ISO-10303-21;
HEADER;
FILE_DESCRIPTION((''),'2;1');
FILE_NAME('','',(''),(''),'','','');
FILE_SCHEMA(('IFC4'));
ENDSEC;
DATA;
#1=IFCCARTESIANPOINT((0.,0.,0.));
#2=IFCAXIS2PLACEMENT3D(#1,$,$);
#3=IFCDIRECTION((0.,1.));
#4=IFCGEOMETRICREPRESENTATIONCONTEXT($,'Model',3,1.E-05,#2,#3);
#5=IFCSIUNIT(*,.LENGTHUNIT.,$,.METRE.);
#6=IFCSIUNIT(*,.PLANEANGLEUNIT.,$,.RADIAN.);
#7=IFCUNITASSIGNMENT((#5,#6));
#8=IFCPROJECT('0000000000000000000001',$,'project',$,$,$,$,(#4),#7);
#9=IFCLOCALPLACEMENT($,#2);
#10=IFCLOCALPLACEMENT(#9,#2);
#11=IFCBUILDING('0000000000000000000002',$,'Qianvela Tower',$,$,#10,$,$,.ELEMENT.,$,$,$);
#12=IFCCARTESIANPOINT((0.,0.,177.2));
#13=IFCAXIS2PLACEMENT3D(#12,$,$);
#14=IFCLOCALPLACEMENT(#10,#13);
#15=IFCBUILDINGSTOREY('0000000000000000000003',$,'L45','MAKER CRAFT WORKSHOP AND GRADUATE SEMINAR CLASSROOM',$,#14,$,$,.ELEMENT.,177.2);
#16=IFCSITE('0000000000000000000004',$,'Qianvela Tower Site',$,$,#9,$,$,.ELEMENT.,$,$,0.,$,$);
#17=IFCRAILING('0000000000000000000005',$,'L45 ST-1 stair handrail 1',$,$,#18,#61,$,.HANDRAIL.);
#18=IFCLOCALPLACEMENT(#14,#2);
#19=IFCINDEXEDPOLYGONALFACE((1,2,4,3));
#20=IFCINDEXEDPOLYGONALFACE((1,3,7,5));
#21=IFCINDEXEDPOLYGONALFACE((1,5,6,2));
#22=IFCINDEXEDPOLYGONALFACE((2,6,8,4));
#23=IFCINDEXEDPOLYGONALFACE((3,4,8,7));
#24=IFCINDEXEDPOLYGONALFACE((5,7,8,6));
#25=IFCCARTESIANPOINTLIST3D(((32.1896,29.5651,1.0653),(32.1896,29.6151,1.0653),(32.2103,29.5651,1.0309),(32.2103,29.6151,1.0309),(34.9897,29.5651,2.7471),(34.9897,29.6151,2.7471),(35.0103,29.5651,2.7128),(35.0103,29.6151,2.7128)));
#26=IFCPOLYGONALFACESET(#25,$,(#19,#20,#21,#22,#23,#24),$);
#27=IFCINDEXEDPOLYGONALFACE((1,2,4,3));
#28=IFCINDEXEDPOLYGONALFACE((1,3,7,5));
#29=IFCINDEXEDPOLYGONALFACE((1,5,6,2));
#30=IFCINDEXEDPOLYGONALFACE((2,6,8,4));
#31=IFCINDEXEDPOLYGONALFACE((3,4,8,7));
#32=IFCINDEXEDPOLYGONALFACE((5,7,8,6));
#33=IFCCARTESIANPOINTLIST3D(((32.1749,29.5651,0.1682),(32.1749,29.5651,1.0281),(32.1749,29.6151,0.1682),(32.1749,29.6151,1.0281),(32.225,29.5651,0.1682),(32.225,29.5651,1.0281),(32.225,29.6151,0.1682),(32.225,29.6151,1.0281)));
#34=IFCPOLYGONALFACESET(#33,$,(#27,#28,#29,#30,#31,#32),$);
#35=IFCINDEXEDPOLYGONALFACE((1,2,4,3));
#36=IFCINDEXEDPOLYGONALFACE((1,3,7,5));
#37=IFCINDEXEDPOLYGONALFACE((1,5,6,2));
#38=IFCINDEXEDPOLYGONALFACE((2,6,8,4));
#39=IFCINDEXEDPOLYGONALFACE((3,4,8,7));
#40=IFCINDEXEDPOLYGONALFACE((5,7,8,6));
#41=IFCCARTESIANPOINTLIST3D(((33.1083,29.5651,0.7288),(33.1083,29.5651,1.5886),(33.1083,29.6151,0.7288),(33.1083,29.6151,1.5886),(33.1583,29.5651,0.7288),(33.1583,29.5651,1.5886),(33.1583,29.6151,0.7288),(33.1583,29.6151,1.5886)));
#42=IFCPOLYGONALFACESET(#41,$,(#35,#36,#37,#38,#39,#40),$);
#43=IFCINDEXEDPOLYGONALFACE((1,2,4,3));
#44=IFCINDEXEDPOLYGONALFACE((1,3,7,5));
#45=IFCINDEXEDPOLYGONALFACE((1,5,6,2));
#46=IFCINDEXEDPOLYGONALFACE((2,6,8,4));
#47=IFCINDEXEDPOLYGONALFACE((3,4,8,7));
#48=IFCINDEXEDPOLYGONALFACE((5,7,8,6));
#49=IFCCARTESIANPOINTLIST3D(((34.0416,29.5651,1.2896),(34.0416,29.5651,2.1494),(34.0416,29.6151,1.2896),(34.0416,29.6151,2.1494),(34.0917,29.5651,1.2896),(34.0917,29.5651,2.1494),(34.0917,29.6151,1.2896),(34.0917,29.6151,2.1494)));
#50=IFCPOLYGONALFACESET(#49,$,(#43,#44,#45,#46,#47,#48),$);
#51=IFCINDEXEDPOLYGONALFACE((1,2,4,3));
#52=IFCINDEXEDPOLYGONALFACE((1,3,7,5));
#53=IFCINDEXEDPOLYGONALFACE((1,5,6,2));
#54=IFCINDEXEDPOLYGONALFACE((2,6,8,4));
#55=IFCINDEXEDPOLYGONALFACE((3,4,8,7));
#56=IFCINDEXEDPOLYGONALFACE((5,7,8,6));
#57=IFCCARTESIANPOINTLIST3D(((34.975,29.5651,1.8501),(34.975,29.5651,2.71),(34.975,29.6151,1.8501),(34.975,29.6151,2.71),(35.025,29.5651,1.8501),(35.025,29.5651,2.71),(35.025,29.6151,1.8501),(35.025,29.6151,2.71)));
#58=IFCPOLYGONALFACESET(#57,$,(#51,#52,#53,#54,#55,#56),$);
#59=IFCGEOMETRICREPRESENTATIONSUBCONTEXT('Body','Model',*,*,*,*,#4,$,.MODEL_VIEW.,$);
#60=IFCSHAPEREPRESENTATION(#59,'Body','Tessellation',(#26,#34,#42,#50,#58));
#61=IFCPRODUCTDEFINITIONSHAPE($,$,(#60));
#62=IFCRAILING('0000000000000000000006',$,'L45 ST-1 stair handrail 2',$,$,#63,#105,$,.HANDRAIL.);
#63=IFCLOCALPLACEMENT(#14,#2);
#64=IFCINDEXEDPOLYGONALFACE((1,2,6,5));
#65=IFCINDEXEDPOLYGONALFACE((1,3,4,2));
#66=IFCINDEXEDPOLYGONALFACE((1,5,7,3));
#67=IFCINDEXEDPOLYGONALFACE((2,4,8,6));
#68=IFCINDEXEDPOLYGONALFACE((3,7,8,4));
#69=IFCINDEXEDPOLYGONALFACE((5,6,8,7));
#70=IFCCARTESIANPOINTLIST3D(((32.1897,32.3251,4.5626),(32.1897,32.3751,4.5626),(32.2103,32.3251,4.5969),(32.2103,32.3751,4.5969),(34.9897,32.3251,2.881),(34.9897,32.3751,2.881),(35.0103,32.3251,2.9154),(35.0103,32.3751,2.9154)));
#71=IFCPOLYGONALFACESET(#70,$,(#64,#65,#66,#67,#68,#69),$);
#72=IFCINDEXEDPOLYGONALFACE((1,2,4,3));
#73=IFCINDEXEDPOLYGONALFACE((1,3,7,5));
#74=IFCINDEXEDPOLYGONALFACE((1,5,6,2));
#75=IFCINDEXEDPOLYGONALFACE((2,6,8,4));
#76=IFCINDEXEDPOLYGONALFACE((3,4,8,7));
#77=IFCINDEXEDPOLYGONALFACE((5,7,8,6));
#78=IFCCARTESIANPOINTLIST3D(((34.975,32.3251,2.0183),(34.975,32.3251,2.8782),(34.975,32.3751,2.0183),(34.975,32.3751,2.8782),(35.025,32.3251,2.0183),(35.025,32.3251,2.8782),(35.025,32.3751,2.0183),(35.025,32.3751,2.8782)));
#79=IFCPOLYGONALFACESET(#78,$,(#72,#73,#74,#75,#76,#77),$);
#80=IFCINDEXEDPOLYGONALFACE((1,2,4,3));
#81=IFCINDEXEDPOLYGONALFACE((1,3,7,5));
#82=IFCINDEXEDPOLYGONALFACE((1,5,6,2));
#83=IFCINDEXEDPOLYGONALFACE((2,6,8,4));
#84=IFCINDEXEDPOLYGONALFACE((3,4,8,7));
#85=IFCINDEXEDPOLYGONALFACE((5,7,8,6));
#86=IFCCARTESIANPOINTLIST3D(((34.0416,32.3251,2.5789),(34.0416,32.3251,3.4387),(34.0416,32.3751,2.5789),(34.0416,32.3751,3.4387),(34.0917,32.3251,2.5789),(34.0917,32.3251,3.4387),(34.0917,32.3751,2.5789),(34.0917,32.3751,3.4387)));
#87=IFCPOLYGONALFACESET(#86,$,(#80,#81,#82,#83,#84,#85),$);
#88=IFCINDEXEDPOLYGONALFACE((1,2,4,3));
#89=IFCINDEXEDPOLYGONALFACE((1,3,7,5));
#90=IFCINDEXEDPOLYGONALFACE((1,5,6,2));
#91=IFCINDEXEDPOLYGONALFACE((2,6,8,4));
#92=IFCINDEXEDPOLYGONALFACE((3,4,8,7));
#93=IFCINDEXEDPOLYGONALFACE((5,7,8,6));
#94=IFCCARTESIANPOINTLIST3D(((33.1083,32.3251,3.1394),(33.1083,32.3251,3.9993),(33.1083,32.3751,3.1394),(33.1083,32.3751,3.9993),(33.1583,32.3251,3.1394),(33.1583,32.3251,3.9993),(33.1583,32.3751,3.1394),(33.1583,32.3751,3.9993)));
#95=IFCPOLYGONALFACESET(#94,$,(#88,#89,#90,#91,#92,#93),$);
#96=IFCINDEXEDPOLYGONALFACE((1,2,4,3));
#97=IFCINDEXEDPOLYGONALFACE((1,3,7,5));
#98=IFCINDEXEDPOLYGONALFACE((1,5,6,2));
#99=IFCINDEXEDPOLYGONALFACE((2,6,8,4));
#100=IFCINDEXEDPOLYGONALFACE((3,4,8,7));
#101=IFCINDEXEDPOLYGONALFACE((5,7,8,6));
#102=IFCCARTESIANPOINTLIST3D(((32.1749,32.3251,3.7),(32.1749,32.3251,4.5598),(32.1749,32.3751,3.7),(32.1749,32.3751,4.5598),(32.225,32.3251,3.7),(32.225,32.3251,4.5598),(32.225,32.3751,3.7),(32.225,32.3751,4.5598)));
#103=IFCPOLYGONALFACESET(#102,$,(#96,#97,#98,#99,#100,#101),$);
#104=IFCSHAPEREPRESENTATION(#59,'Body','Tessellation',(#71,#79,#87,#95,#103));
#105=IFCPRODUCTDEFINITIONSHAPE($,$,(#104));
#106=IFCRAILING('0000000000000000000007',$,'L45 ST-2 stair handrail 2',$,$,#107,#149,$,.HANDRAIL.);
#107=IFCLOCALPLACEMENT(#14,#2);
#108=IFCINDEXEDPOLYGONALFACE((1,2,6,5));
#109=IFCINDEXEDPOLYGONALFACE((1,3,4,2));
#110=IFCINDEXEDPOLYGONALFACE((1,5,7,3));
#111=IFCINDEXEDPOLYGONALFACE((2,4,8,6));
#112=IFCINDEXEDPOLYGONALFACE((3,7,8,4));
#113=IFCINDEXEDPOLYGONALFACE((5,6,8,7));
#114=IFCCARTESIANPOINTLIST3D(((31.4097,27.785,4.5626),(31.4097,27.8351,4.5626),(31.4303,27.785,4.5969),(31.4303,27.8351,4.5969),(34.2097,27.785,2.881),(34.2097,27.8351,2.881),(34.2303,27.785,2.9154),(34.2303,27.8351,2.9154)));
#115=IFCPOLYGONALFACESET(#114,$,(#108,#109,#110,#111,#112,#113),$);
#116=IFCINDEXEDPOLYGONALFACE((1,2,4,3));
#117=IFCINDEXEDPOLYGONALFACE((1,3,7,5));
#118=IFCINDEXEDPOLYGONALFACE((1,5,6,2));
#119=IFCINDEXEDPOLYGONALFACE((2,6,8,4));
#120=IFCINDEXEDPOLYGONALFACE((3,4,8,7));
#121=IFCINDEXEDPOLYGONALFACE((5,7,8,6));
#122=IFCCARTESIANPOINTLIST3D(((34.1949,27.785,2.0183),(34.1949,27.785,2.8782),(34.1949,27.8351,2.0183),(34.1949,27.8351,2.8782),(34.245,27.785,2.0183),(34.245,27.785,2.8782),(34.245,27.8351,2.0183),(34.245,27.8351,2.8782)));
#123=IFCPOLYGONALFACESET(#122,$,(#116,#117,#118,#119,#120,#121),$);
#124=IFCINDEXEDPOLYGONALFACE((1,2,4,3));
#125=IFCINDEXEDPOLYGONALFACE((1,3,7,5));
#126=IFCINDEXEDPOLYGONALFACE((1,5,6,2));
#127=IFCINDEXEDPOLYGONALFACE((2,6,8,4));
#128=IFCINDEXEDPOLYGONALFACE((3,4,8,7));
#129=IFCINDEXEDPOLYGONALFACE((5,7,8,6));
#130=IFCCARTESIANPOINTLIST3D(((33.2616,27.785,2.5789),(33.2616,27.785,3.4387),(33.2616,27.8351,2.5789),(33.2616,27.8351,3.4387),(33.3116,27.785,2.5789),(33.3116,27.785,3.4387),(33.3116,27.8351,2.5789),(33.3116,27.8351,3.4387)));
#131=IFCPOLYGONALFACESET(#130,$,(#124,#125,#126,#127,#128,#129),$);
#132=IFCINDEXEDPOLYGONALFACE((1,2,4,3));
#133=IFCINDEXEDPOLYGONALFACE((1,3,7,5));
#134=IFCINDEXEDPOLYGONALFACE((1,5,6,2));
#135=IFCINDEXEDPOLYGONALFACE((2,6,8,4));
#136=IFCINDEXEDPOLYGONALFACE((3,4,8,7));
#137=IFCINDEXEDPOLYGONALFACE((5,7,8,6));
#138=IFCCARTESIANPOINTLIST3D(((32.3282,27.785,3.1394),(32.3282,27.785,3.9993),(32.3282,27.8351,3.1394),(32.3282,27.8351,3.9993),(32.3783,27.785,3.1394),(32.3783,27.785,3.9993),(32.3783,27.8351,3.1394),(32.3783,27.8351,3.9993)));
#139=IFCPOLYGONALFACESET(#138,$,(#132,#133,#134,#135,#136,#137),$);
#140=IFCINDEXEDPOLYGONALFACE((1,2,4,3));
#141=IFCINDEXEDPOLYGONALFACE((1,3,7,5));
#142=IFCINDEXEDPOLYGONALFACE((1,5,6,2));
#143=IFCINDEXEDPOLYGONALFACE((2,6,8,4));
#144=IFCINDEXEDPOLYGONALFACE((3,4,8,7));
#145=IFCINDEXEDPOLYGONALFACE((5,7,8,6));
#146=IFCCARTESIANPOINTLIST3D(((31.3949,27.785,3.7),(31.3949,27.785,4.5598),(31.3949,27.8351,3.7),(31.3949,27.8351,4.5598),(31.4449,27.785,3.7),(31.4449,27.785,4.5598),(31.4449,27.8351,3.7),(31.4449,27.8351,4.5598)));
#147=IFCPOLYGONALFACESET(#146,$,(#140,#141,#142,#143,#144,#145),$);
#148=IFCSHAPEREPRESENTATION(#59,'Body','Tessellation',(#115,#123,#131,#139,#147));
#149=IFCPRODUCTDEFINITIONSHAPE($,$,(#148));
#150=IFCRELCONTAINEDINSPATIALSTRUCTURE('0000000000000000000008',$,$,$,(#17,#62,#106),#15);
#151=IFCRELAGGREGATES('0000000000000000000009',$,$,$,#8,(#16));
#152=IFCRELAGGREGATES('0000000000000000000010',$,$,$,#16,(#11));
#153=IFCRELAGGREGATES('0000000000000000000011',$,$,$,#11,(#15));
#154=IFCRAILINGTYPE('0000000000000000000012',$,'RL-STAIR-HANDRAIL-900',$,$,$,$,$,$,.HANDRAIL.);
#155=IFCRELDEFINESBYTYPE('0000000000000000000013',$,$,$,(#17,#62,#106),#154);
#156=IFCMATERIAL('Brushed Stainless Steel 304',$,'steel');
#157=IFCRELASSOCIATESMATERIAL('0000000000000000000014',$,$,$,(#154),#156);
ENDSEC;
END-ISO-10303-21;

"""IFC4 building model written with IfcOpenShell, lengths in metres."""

from ifc_helpers import new_model, si_unit, direction, frame, origin, origin_2d, place, context, subcontext, project, spatial, rectangle, extrude, material, type_object, element, save


model = new_model("IFC4")

# Units and contexts
model_context = context("Model", 3, precision=1e-05, world=origin(), true_north=direction((0.0, 1.0)))
body_context = subcontext(model_context, "Body", "Model", "MODEL_VIEW")
ifc_project = project(units=[si_unit("LENGTHUNIT", "METRE"), si_unit("PLANEANGLEUNIT", "RADIAN")], contexts=[model_context])

# Site, building, storey
site_placement = place(None, origin())
site = spatial("IfcSite", under=ifc_project, at=site_placement, Name="Qianvela Tower Site", CompositionType="ELEMENT", RefElevation=0.0)
building_placement = place(site_placement, origin())
building = spatial("IfcBuilding", under=site, at=building_placement, Name="Qianvela Tower", CompositionType="ELEMENT")
storey_placement = place(building_placement, frame((0.0, 0.0, 177.2)))
storey = spatial("IfcBuildingStorey", under=building, at=storey_placement, Name="L45", Description="MAKER CRAFT WORKSHOP AND GRADUATE SEMINAR CLASSROOM", CompositionType="ELEMENT", Elevation=177.2)

# Railings
ifc_material_1 = material(Name="Brushed Stainless Steel 304", Category="steel")
railing_type_1 = type_object("IfcRailingType", Name="RL-STAIR-HANDRAIL-900", PredefinedType="HANDRAIL", material=ifc_material_1)
railing_1_placement = place(storey_placement, frame((32.2, 29.5901, 0.1682)))
element("IfcRailing", 1, at=railing_1_placement, inside=storey, type_object=railing_type_1, Name="L45 ST-1 stair handrail 1", PredefinedType="HANDRAIL", context=body_context, shape_type="SweptSolid", body=[
    extrude(rectangle(XDim=0.05, YDim=0.04, at=origin_2d()), frame((0.0, 0.0, 0.8799), z_axis=(0.857242, 0.0, 0.514913), x_axis=(0.0, 1.0, 0.0)), (0.0, 0.0, 1.0), 3.2664),
    extrude(rectangle(XDim=0.05, YDim=0.05, at=origin_2d()), origin(), (0.0, 0.0, 1.0), 0.8599),
    extrude(rectangle(XDim=0.05, YDim=0.05, at=origin_2d()), frame((0.9333, 0.0, 0.5605)), (0.0, 0.0, 1.0), 0.8599),
    extrude(rectangle(XDim=0.05, YDim=0.05, at=origin_2d()), frame((1.8667, 0.0, 1.1213)), (0.0, 0.0, 1.0), 0.8599),
    extrude(rectangle(XDim=0.05, YDim=0.05, at=origin_2d()), frame((2.8, 0.0, 1.6819)), (0.0, 0.0, 1.0), 0.8599),
])
for number, where, name in (
    (2, (35.0, 32.3501, 2.0183), "L45 ST-1 stair handrail 2"),
    (3, (34.22, 27.8101, 2.0183), "L45 ST-2 stair handrail 2"),
):
    element("IfcRailing", number, at=place(storey_placement, frame(where)), inside=storey, type_object=railing_type_1, Name=name, PredefinedType="HANDRAIL", context=body_context, shape_type="SweptSolid", body=[
        extrude(rectangle(XDim=0.05, YDim=0.04, at=origin_2d()), frame((0.0, 0.0, 0.8799), z_axis=(-0.857275, 0.0, 0.514858), x_axis=(0.0, -1.0, 0.0)), (0.0, 0.0, 1.0), 3.2661),
        extrude(rectangle(XDim=0.05, YDim=0.05, at=origin_2d()), origin(), (0.0, 0.0, 1.0), 0.8599),
        extrude(rectangle(XDim=0.05, YDim=0.05, at=origin_2d()), frame((-0.9333, 0.0, 0.5605)), (0.0, 0.0, 1.0), 0.8599),
        extrude(rectangle(XDim=0.05, YDim=0.05, at=origin_2d()), frame((-1.8667, 0.0, 1.1211)), (0.0, 0.0, 1.0), 0.8599),
        extrude(rectangle(XDim=0.05, YDim=0.05, at=origin_2d()), frame((-2.8, 0.0, 1.6816)), (0.0, 0.0, 1.0), 0.8599),
    ])

save(model, "model.ifc")
